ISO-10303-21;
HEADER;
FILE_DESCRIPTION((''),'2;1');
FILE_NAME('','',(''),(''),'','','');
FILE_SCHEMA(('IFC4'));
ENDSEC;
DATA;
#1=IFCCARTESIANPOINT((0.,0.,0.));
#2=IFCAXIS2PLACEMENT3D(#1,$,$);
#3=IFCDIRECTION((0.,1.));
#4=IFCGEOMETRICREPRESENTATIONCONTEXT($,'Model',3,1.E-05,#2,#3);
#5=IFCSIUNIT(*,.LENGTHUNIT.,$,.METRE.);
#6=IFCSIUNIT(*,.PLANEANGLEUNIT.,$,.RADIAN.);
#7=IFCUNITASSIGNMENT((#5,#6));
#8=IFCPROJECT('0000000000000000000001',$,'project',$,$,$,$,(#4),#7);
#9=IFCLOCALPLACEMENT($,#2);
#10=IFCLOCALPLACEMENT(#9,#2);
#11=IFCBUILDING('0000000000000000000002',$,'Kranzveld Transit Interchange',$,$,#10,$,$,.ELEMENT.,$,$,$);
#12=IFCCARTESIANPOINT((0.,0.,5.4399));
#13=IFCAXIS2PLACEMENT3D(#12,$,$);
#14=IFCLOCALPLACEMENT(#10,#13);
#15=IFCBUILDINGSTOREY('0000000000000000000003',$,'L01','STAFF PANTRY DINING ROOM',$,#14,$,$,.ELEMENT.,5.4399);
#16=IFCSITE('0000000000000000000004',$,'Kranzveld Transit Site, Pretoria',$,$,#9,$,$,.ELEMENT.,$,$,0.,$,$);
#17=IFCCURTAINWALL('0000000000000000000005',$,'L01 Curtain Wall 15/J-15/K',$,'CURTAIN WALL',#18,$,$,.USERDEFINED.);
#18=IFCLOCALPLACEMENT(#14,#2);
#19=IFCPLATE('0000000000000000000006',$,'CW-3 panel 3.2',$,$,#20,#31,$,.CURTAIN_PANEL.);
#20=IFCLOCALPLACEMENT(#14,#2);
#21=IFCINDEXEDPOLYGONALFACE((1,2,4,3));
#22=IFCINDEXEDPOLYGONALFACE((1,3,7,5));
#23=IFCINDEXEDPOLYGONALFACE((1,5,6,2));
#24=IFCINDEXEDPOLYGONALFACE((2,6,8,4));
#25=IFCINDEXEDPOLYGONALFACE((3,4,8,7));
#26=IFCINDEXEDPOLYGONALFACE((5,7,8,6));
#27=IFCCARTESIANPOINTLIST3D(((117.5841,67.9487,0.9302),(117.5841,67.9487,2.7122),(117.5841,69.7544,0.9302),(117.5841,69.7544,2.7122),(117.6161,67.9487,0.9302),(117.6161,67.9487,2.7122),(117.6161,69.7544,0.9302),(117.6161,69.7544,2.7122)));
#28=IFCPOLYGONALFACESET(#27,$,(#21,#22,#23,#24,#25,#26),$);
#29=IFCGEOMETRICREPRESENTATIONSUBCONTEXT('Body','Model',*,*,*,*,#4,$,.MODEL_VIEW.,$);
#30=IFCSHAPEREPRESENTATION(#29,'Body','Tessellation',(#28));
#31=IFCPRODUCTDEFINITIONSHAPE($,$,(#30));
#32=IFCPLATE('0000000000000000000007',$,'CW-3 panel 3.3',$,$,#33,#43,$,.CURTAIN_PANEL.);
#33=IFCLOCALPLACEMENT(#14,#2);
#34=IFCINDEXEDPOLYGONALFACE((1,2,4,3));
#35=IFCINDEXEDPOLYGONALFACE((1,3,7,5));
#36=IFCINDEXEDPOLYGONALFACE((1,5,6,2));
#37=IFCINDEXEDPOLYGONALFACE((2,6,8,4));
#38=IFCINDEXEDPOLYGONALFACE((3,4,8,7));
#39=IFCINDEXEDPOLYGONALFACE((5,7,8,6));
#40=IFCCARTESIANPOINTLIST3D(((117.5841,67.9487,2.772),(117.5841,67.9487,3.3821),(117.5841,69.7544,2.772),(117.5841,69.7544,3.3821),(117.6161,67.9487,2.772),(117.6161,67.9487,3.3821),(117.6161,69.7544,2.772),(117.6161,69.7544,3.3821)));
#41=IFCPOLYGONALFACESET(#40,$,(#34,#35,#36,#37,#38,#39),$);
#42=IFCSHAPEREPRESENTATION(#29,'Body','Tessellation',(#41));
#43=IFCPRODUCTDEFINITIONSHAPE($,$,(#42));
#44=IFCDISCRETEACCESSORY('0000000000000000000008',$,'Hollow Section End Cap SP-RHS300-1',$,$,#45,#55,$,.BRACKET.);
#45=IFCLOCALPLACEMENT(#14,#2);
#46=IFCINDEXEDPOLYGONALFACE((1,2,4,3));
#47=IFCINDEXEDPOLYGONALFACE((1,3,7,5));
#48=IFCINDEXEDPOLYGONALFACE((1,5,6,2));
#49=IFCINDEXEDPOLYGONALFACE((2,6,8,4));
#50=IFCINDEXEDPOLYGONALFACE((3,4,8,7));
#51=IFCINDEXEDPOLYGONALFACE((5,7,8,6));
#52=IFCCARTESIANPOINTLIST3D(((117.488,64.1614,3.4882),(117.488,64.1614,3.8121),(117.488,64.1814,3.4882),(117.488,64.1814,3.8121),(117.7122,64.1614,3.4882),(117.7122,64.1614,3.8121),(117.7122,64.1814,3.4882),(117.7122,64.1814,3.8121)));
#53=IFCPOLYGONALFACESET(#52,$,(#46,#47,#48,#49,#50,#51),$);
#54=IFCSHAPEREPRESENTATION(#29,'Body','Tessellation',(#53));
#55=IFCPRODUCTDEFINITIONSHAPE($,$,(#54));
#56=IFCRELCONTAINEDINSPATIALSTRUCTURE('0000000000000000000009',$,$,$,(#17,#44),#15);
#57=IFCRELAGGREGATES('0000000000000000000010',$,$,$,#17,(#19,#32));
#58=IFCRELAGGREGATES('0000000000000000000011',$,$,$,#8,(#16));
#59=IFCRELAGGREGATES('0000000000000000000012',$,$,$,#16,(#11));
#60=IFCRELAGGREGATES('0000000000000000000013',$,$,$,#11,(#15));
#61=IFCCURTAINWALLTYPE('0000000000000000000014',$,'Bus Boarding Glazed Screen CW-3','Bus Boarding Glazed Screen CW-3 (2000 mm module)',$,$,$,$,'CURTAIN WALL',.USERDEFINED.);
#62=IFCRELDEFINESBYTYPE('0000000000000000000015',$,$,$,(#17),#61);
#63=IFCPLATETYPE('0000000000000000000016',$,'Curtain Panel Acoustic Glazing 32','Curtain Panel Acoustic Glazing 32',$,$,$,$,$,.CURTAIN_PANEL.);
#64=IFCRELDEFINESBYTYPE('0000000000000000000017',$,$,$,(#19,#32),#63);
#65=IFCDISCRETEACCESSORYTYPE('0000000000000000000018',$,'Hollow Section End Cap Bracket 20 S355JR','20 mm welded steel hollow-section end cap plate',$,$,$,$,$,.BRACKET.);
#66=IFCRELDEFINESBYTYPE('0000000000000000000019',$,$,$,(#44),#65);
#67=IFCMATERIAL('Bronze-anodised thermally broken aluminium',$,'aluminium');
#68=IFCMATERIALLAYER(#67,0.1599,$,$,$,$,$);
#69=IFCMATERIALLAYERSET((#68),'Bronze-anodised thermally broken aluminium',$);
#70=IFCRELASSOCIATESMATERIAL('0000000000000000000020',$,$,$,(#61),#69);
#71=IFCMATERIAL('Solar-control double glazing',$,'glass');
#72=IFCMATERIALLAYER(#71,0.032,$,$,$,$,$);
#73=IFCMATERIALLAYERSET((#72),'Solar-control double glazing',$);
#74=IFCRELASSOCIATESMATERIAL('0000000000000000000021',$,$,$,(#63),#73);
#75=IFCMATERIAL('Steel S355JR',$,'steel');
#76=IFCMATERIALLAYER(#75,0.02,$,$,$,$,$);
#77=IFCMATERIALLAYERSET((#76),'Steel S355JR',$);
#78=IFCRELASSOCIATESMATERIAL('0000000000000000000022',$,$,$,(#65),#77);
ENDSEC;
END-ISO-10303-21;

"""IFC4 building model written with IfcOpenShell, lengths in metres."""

from ifc_helpers import new_model, si_unit, direction, frame, origin, origin_2d, place, context, subcontext, project, spatial, rectangle, extrude, material, layer, layer_set, type_object, element, aggregate, save


model = new_model("IFC4")

# Units and contexts
model_context = context("Model", 3, precision=1e-05, world=origin(), true_north=direction((0.0, 1.0)))
body_context = subcontext(model_context, "Body", "Model", "MODEL_VIEW")
ifc_project = project(units=[si_unit("LENGTHUNIT", "METRE"), si_unit("PLANEANGLEUNIT", "RADIAN")], contexts=[model_context])

# Site, building, storey
site_placement = place(None, origin())
site = spatial("IfcSite", under=ifc_project, at=site_placement, Name="Kranzveld Transit Site, Pretoria", CompositionType="ELEMENT", RefElevation=0.0)
building_placement = place(site_placement, origin())
building = spatial("IfcBuilding", under=site, at=building_placement, Name="Kranzveld Transit Interchange", CompositionType="ELEMENT")
storey_placement = place(building_placement, frame((0.0, 0.0, 5.4399)))
storey = spatial("IfcBuildingStorey", under=building, at=storey_placement, Name="L01", Description="STAFF PANTRY DINING ROOM", CompositionType="ELEMENT", Elevation=5.4399)

# Curtain wall
ifc_material_1 = material(Name="Bronze-anodised thermally broken aluminium", Category="aluminium")
ifc_layer_1 = layer(ifc_material_1, 0.1599)
ifc_layer_set_1 = layer_set([ifc_layer_1], Name="Bronze-anodised thermally broken aluminium")
curtain_wall_type = type_object("IfcCurtainWallType", Name="Bus Boarding Glazed Screen CW-3", Description="Bus Boarding Glazed Screen CW-3 (2000 mm module)", ElementType="CURTAIN WALL", PredefinedType="USERDEFINED", material=ifc_layer_set_1)
curtain_wall_placement = place(storey_placement, origin())
curtain_wall = element("IfcCurtainWall", 1, at=curtain_wall_placement, inside=storey, type_object=curtain_wall_type, Name="L01 Curtain Wall 15/J-15/K", ObjectType="CURTAIN WALL", PredefinedType="USERDEFINED")

# Plates
ifc_material_2 = material(Name="Solar-control double glazing", Category="glass")
ifc_layer_2 = layer(ifc_material_2, 0.032)
ifc_layer_set_2 = layer_set([ifc_layer_2], Name="Solar-control double glazing")
plate_type = type_object("IfcPlateType", Name="Curtain Panel Acoustic Glazing 32", Description="Curtain Panel Acoustic Glazing 32", PredefinedType="CURTAIN_PANEL", material=ifc_layer_set_2)
plate_1_placement = place(storey_placement, frame((117.6001, 68.8516, 0.9302), z_axis=(0.0, 0.0, 1.0), x_axis=(0.0, 1.0, 0.0)))
plate_1 = element("IfcPlate", 2, at=plate_1_placement, type_object=plate_type, Name="CW-3 panel 3.2", PredefinedType="CURTAIN_PANEL", context=body_context, shape_type="SweptSolid", body=[
    extrude(rectangle(XDim=1.8057, YDim=0.032, at=origin_2d()), origin(), (0.0, 0.0, 1.0), 1.782),
])
plate_2_placement = place(storey_placement, frame((117.6001, 68.8516, 2.772), z_axis=(0.0, 0.0, 1.0), x_axis=(0.0, 1.0, 0.0)))
plate_2 = element("IfcPlate", 3, at=plate_2_placement, type_object=plate_type, Name="CW-3 panel 3.3", PredefinedType="CURTAIN_PANEL", context=body_context, shape_type="SweptSolid", body=[
    extrude(rectangle(XDim=1.8057, YDim=0.032, at=origin_2d()), origin(), (0.0, 0.0, 1.0), 0.6101),
])
aggregate(curtain_wall, [plate_1, plate_2])

# Discrete accessory
ifc_material_3 = material(Name="Steel S355JR", Category="steel")
ifc_layer_3 = layer(ifc_material_3, 0.02)
ifc_layer_set_3 = layer_set([ifc_layer_3], Name="Steel S355JR")
discrete_accessory_type = type_object("IfcDiscreteAccessoryType", Name="Hollow Section End Cap Bracket 20 S355JR", Description="20 mm welded steel hollow-section end cap plate", PredefinedType="BRACKET", material=ifc_layer_set_3)
discrete_accessory_placement = place(storey_placement, frame((117.6001, 64.1814, 3.6501), z_axis=(0.0, -1.0, 0.0), x_axis=(1.0, 0.0, 0.0)))
element("IfcDiscreteAccessory", 4, at=discrete_accessory_placement, inside=storey, type_object=discrete_accessory_type, Name="Hollow Section End Cap SP-RHS300-1", PredefinedType="BRACKET", context=body_context, shape_type="SweptSolid", body=[
    extrude(rectangle(XDim=0.2241, YDim=0.324, at=origin_2d()), origin(), (0.0, 0.0, 1.0), 0.02),
])

save(model, "model.ifc")
